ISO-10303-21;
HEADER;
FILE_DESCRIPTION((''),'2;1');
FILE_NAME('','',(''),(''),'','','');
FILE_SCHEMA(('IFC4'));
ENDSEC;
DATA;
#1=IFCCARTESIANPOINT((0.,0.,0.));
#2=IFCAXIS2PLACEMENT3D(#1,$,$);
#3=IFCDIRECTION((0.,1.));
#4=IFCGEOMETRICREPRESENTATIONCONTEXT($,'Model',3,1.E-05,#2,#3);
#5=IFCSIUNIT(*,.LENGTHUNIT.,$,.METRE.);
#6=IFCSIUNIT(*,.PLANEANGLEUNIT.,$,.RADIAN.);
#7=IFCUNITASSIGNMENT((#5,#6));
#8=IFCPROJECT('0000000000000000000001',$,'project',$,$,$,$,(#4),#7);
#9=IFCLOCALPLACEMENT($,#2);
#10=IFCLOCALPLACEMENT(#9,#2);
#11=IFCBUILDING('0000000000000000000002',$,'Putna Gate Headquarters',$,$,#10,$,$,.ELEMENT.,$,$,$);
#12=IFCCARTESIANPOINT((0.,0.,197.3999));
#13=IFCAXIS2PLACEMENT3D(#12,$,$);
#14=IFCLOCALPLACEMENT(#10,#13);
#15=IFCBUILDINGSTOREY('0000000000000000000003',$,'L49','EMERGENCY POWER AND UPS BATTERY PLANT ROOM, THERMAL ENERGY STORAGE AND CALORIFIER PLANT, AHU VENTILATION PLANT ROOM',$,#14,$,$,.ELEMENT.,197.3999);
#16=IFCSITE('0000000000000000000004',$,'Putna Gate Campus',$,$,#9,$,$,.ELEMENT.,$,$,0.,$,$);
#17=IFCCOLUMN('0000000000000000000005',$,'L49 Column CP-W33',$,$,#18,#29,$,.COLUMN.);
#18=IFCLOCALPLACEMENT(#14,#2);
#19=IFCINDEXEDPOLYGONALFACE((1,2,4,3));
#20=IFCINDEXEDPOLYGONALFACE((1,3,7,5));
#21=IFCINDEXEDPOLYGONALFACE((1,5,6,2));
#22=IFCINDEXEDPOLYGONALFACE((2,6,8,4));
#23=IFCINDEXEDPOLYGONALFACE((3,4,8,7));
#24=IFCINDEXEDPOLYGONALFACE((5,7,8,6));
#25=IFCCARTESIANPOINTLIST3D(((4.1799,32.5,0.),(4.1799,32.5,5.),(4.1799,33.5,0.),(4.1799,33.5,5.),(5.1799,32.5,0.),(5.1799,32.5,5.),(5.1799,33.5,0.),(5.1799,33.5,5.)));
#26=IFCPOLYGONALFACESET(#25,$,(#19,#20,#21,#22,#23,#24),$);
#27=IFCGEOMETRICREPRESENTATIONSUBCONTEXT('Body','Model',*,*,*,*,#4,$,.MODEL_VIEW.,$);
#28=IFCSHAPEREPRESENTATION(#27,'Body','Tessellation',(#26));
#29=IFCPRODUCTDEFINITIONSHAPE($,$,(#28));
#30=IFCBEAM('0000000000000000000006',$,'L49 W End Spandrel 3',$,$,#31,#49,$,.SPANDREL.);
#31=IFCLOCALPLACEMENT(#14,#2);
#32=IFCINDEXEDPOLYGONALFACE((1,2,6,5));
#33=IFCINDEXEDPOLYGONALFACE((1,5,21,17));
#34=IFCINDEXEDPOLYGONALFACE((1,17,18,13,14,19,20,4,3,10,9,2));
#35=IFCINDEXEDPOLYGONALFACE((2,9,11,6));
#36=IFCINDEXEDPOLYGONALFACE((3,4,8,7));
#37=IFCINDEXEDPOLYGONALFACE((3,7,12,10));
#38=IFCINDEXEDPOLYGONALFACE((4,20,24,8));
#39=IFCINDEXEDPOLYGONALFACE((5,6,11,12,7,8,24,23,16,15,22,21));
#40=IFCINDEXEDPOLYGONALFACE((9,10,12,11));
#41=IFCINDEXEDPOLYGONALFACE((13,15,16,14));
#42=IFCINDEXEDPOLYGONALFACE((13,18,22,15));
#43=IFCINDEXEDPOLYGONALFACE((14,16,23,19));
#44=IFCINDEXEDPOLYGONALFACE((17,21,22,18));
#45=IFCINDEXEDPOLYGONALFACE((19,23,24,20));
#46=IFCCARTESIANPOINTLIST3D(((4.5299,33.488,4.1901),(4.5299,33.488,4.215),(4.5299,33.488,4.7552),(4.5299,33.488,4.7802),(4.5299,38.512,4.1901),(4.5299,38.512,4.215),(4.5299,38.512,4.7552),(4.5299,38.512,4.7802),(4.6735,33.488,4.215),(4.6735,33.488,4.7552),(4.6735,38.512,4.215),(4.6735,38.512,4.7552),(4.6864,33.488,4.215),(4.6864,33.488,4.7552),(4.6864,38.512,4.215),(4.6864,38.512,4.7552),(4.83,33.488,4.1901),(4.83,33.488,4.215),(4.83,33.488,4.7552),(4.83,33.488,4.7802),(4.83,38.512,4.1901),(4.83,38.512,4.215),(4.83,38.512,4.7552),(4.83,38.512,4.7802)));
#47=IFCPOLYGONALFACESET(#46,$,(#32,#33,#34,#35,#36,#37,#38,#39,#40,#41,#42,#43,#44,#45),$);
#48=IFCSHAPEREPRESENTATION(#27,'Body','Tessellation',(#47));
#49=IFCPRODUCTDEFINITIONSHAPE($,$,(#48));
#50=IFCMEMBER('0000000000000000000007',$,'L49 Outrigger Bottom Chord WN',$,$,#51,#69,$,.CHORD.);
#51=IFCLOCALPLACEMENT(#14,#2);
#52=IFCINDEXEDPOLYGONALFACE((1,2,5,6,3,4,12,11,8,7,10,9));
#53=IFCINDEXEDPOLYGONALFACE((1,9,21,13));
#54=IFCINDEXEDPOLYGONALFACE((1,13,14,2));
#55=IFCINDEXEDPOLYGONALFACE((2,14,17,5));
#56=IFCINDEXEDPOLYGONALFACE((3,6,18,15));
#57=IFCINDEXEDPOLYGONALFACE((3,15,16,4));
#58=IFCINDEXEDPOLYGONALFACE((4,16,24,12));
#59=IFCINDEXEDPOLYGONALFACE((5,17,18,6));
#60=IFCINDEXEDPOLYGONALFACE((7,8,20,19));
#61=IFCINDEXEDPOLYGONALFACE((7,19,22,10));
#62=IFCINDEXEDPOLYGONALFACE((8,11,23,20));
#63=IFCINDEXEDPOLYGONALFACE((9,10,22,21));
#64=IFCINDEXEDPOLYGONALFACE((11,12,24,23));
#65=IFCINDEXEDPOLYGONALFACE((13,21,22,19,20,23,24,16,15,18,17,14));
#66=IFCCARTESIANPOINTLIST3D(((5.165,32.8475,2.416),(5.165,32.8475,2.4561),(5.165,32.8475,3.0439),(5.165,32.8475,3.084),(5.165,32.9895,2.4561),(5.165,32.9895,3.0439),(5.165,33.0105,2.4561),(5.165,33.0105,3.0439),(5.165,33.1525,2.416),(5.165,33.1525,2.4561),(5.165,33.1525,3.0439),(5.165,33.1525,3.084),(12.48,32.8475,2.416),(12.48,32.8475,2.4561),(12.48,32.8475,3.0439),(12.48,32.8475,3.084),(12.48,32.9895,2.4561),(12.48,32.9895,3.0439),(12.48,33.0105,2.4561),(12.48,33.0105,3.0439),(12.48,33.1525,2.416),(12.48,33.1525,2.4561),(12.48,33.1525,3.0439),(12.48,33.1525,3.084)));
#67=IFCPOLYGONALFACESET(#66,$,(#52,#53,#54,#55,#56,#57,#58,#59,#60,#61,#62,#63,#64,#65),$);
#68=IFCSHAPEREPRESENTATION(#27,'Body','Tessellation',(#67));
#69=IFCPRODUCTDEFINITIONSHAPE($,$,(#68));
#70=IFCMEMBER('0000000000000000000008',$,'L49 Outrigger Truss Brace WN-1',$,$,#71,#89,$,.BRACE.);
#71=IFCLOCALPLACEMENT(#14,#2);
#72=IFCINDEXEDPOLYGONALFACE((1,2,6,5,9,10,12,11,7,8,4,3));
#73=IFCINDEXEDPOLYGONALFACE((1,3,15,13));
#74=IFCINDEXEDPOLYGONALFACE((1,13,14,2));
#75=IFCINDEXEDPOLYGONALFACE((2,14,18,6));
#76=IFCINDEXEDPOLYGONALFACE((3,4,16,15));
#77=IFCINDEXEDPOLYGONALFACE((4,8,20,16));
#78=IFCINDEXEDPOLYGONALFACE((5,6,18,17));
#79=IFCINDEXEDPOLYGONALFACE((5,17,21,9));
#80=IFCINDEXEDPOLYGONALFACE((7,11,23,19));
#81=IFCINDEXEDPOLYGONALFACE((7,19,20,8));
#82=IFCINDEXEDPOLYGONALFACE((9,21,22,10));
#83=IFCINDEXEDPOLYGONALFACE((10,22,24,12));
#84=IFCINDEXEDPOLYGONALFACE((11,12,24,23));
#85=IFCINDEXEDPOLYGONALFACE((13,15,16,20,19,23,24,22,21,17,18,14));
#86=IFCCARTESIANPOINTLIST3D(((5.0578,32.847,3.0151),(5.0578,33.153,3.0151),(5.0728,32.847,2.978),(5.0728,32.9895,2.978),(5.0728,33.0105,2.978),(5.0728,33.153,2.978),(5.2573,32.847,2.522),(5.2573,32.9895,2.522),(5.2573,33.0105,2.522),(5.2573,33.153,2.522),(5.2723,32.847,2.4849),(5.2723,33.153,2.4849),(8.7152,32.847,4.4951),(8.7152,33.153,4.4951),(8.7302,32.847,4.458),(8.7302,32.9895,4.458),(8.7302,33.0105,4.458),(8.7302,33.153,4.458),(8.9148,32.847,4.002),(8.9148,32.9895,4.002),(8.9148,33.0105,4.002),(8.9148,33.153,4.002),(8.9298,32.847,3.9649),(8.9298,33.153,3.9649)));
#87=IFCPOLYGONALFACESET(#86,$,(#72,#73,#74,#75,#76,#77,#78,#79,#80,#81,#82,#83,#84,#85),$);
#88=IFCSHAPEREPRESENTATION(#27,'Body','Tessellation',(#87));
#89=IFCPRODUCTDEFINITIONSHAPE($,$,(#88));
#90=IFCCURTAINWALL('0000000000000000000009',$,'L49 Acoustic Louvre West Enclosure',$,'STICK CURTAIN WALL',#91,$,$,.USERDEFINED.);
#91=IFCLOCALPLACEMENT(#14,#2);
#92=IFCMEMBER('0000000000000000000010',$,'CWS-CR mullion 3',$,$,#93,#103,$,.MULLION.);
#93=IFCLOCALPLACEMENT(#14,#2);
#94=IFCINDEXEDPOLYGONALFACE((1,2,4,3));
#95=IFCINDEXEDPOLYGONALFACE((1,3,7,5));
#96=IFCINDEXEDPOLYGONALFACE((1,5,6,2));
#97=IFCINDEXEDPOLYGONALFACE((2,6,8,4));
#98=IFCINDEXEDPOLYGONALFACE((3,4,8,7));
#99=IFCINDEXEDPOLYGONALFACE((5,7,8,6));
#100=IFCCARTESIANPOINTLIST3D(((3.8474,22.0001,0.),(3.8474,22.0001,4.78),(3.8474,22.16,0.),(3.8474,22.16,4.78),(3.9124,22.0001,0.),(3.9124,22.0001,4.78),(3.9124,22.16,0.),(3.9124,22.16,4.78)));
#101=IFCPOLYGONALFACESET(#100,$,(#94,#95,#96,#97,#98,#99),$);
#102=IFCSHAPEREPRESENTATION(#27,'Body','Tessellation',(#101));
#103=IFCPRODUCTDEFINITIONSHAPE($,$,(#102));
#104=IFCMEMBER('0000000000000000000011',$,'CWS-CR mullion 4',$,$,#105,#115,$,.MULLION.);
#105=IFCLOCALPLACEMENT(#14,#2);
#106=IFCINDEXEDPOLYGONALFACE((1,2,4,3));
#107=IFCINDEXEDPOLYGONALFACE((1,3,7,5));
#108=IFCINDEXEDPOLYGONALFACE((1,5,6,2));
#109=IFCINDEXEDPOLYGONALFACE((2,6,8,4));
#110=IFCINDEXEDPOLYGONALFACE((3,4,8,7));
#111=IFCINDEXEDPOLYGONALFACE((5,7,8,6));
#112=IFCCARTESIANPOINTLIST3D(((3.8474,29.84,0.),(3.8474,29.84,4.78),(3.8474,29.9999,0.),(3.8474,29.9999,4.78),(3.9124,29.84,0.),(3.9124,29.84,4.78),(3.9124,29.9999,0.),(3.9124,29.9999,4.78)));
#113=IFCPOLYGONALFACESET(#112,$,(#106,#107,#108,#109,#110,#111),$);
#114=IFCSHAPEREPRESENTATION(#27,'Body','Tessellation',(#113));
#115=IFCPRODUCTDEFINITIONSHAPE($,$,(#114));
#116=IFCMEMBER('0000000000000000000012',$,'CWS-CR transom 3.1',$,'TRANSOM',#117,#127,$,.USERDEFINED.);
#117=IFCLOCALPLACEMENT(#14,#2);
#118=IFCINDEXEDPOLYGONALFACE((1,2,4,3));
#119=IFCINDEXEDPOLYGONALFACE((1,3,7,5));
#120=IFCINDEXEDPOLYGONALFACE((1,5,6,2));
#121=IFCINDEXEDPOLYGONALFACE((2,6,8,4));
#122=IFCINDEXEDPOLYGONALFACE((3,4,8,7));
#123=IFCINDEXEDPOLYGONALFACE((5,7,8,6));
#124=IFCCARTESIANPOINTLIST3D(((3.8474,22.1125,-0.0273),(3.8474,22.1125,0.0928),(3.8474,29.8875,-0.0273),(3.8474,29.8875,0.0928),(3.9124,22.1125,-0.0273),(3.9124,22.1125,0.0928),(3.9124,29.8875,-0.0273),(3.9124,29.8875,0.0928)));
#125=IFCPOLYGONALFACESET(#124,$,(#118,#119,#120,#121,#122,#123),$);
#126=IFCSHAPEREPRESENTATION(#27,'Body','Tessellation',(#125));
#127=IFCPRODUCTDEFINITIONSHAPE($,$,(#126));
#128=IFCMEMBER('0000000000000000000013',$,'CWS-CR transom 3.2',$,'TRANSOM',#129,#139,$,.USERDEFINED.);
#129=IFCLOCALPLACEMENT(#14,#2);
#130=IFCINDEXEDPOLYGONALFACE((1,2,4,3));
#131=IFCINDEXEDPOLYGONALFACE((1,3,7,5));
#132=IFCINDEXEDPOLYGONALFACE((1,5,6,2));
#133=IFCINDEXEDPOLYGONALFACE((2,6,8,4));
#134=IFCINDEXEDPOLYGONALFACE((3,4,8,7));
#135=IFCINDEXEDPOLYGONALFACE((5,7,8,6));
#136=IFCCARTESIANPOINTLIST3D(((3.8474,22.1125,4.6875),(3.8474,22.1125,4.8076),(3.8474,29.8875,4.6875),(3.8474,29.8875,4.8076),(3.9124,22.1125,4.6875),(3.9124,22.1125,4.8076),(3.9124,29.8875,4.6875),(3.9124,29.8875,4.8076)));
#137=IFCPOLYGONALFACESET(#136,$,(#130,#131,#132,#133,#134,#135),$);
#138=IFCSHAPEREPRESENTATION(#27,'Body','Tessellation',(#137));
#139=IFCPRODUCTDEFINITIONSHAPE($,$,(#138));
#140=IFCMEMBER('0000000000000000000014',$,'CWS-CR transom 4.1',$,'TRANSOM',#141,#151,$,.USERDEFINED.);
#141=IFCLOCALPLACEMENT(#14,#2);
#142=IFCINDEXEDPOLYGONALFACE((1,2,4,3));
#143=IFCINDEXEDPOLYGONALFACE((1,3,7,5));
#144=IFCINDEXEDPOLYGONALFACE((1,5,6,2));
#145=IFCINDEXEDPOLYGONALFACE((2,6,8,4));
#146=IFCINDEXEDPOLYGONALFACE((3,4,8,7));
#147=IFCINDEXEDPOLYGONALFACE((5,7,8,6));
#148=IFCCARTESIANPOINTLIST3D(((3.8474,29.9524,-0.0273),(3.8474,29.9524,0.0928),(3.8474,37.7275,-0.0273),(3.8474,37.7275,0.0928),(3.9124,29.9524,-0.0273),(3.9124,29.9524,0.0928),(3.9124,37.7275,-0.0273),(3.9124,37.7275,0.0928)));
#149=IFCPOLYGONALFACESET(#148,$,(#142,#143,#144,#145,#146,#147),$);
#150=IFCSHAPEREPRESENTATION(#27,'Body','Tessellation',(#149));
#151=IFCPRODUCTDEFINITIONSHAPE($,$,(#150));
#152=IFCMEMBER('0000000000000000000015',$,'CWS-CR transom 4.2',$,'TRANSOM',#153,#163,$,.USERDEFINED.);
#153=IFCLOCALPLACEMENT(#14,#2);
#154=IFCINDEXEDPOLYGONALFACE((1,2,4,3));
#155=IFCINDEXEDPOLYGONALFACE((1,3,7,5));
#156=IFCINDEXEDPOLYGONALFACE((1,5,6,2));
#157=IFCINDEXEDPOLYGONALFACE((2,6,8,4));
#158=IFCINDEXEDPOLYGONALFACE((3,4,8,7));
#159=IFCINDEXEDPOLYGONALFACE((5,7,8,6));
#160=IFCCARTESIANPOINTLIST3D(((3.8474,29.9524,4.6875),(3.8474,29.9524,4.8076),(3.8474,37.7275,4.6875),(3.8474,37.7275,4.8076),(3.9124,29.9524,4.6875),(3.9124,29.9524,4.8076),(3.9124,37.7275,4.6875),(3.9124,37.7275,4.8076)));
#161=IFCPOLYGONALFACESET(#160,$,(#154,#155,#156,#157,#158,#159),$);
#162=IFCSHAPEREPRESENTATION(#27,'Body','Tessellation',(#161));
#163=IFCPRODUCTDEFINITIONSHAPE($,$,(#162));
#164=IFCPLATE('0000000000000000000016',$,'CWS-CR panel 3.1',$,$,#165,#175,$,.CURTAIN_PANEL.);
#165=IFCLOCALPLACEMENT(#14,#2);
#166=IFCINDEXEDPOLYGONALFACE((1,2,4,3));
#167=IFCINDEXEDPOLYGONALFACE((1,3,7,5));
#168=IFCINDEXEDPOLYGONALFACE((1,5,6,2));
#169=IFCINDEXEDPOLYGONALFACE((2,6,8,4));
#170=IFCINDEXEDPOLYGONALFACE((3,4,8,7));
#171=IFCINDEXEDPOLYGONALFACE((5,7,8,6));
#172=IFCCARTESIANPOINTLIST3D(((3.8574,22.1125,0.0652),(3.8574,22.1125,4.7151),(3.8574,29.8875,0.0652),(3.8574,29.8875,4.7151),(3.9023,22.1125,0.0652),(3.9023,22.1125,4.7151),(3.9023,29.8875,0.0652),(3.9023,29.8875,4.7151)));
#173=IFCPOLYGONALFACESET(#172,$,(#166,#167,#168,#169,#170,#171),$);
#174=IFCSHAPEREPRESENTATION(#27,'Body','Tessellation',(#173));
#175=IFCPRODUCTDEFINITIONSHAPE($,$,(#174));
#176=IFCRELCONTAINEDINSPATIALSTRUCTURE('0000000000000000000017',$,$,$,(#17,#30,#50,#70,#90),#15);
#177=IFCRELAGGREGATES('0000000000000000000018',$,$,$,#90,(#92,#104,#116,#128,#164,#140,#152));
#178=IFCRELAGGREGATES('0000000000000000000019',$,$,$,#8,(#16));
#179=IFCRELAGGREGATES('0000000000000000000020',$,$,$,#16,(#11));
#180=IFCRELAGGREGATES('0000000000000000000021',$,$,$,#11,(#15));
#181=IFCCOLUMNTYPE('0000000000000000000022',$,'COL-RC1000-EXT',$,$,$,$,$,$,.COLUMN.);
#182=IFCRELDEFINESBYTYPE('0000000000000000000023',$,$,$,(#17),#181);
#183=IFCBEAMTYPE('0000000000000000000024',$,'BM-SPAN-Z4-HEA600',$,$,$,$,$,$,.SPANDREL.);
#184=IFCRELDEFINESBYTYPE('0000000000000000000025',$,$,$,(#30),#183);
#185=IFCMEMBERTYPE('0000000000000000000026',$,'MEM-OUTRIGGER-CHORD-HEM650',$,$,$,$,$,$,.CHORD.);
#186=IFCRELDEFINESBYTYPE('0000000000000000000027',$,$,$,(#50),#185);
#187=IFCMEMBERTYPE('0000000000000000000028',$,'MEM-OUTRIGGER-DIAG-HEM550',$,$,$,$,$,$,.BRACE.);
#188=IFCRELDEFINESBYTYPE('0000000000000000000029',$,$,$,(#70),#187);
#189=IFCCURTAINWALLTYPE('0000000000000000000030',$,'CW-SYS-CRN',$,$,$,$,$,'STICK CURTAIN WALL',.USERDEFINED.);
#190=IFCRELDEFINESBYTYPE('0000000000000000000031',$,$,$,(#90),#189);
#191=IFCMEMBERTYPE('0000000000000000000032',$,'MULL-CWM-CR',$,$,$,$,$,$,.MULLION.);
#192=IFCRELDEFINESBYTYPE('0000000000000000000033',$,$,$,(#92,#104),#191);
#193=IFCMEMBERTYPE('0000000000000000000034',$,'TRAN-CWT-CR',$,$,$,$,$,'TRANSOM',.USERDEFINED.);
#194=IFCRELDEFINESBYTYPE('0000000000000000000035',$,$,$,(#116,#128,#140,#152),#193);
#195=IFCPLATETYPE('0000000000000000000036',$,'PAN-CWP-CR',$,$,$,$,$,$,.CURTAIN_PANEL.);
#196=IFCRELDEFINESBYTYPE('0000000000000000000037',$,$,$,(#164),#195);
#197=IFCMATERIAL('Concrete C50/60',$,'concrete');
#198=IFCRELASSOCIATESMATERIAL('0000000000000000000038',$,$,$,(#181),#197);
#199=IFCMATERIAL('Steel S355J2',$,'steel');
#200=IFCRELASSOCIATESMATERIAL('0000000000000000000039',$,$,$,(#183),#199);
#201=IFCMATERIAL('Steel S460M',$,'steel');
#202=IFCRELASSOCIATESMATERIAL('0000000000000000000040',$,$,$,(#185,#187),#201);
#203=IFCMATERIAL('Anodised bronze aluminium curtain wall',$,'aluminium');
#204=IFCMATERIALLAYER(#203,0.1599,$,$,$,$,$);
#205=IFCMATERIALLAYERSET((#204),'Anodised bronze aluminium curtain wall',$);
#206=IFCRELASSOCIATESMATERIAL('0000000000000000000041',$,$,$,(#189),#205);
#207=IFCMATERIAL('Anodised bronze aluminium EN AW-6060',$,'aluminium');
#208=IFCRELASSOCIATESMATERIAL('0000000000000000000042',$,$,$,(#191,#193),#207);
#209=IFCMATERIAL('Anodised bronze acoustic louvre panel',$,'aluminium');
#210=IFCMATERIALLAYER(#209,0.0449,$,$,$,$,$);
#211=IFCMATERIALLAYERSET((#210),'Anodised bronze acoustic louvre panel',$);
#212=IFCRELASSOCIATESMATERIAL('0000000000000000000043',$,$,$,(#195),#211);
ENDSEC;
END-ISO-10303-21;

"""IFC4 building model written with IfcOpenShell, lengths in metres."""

from ifc_helpers import new_model, si_unit, direction, frame, origin, origin_2d, place, context, subcontext, project, spatial, rectangle, i_section, extrude, material, layer, layer_set, material_profile, profile_set, type_object, element, aggregate, save


model = new_model("IFC4")

# Units and contexts
model_context = context("Model", 3, precision=1e-05, world=origin(), true_north=direction((0.0, 1.0)))
body_context = subcontext(model_context, "Body", "Model", "MODEL_VIEW")
ifc_project = project(units=[si_unit("LENGTHUNIT", "METRE"), si_unit("PLANEANGLEUNIT", "RADIAN")], contexts=[model_context])

# Site, building, storey
site_placement = place(None, origin())
site = spatial("IfcSite", under=ifc_project, at=site_placement, Name="Putna Gate Campus", CompositionType="ELEMENT", RefElevation=0.0)
building_placement = place(site_placement, origin())
building = spatial("IfcBuilding", under=site, at=building_placement, Name="Putna Gate Headquarters", CompositionType="ELEMENT")
storey_placement = place(building_placement, frame((0.0, 0.0, 197.3999)))
storey = spatial("IfcBuildingStorey", under=building, at=storey_placement, Name="L49", Description="EMERGENCY POWER AND UPS BATTERY PLANT ROOM, THERMAL ENERGY STORAGE AND CALORIFIER PLANT, AHU VENTILATION PLANT ROOM", CompositionType="ELEMENT", Elevation=197.3999)

# Column
ifc_material_1 = material(Name="Concrete C50/60", Category="concrete")
ifc_material_profile_1 = material_profile(ifc_material_1, rectangle(XDim=1.0, YDim=1.0, at=origin_2d()), Name="Concrete C50/60")
ifc_profile_set_1 = profile_set([ifc_material_profile_1], Name="Concrete C50/60")
column_type = type_object("IfcColumnType", Name="COL-RC1000-EXT", PredefinedType="COLUMN", material=ifc_profile_set_1)
column_placement = place(storey_placement, frame((4.6799, 33.0, 0.0), z_axis=(0.0, 0.0, 1.0), x_axis=(1.0, 0.0, 0.0)))
element("IfcColumn", 1, at=column_placement, inside=storey, type_object=column_type, Name="L49 Column CP-W33", PredefinedType="COLUMN", context=body_context, shape_type="SweptSolid", body=[
    extrude(rectangle(XDim=1.0, YDim=1.0, at=origin_2d()), origin(), (0.0, 0.0, 1.0), 5.0),
])

# Beam
ifc_material_2 = material(Name="Steel S355J2", Category="steel")
ifc_material_profile_2 = material_profile(ifc_material_2, i_section(OverallWidth=0.3, OverallDepth=0.5901, WebThickness=0.0129, FlangeThickness=0.0249, at=origin_2d()), Name="Steel S355J2")
ifc_profile_set_2 = profile_set([ifc_material_profile_2], Name="Steel S355J2")
beam_type = type_object("IfcBeamType", Name="BM-SPAN-Z4-HEA600", PredefinedType="SPANDREL", material=ifc_profile_set_2)
beam_placement = place(storey_placement, frame((4.6799, 33.488, 4.4851), z_axis=(0.0, 1.0, 0.0), x_axis=(-1.0, 0.0, 0.0)))
element("IfcBeam", 2, at=beam_placement, inside=storey, type_object=beam_type, Name="L49 W End Spandrel 3", PredefinedType="SPANDREL", context=body_context, shape_type="SweptSolid", body=[
    extrude(i_section(OverallWidth=0.3, OverallDepth=0.5901, WebThickness=0.0129, FlangeThickness=0.0249, at=origin_2d()), origin(), (0.0, 0.0, 1.0), 5.0239),
])

# Members
ifc_material_3 = material(Name="Steel S460M", Category="steel")
ifc_material_profile_3 = material_profile(ifc_material_3, i_section(OverallWidth=0.3049, OverallDepth=0.668, WebThickness=0.021, FlangeThickness=0.04, at=origin_2d()), Name="Steel S460M")
ifc_profile_set_3 = profile_set([ifc_material_profile_3], Name="Steel S460M")
member_type_1 = type_object("IfcMemberType", Name="MEM-OUTRIGGER-CHORD-HEM650", PredefinedType="CHORD", material=ifc_profile_set_3)
member_1_placement = place(storey_placement, frame((5.165, 33.0, 2.75), z_axis=(1.0, 0.0, 0.0), x_axis=(0.0, 1.0, 0.0)))
element("IfcMember", 3, at=member_1_placement, inside=storey, type_object=member_type_1, Name="L49 Outrigger Bottom Chord WN", PredefinedType="CHORD", context=body_context, shape_type="SweptSolid", body=[
    extrude(i_section(OverallWidth=0.3049, OverallDepth=0.668, WebThickness=0.021, FlangeThickness=0.04, at=origin_2d()), origin(), (0.0, 0.0, 1.0), 7.3149),
])
ifc_material_profile_4 = material_profile(ifc_material_3, i_section(OverallWidth=0.3059, OverallDepth=0.572, WebThickness=0.021, FlangeThickness=0.04, at=origin_2d()), Name="Steel S460M")
ifc_profile_set_4 = profile_set([ifc_material_profile_4], Name="Steel S460M")
member_type_2 = type_object("IfcMemberType", Name="MEM-OUTRIGGER-DIAG-HEM550", PredefinedType="BRACE", material=ifc_profile_set_4)
member_2_placement = place(storey_placement, frame((5.165, 33.0, 2.75), z_axis=(0.926984, 0.0, 0.3751), x_axis=(0.0, 1.0, 0.0)))
element("IfcMember", 4, at=member_2_placement, inside=storey, type_object=member_type_2, Name="L49 Outrigger Truss Brace WN-1", PredefinedType="BRACE", context=body_context, shape_type="SweptSolid", body=[
    extrude(i_section(OverallWidth=0.3059, OverallDepth=0.572, WebThickness=0.021, FlangeThickness=0.04, at=origin_2d()), origin(), (0.0, 0.0, 1.0), 3.9456),
])

# Curtain wall, members, plate
ifc_material_4 = material(Name="Anodised bronze aluminium curtain wall", Category="aluminium")
ifc_layer_1 = layer(ifc_material_4, 0.1599)
ifc_layer_set_1 = layer_set([ifc_layer_1], Name="Anodised bronze aluminium curtain wall")
curtain_wall_type = type_object("IfcCurtainWallType", Name="CW-SYS-CRN", ElementType="STICK CURTAIN WALL", PredefinedType="USERDEFINED", material=ifc_layer_set_1)
curtain_wall_placement = place(storey_placement, origin())
curtain_wall = element("IfcCurtainWall", 5, at=curtain_wall_placement, inside=storey, type_object=curtain_wall_type, Name="L49 Acoustic Louvre West Enclosure", ObjectType="STICK CURTAIN WALL", PredefinedType="USERDEFINED")
ifc_material_5 = material(Name="Anodised bronze aluminium EN AW-6060", Category="aluminium")
ifc_material_profile_5 = material_profile(ifc_material_5, rectangle(XDim=0.0649, YDim=0.1599, at=origin_2d()), Name="Anodised bronze aluminium EN AW-6060")
ifc_profile_set_5 = profile_set([ifc_material_profile_5], Name="Anodised bronze aluminium EN AW-6060")
member_type_3 = type_object("IfcMemberType", Name="MULL-CWM-CR", PredefinedType="MULLION", material=ifc_profile_set_5)
member_3_placement = place(storey_placement, frame((3.8799, 22.0801, 0.0), z_axis=(0.0, 0.0, 1.0), x_axis=(-1.0, 0.0, 0.0)))
member_3 = element("IfcMember", 6, at=member_3_placement, type_object=member_type_3, Name="CWS-CR mullion 3", PredefinedType="MULLION", context=body_context, shape_type="SweptSolid", body=[
    extrude(rectangle(XDim=0.0649, YDim=0.1599, at=origin_2d()), origin(), (0.0, 0.0, 1.0), 4.78),
])
member_4_placement = place(storey_placement, frame((3.8799, 29.9199, 0.0), z_axis=(0.0, 0.0, 1.0), x_axis=(-1.0, 0.0, 0.0)))
member_4 = element("IfcMember", 7, at=member_4_placement, type_object=member_type_3, Name="CWS-CR mullion 4", PredefinedType="MULLION", context=body_context, shape_type="SweptSolid", body=[
    extrude(rectangle(XDim=0.0649, YDim=0.1599, at=origin_2d()), origin(), (0.0, 0.0, 1.0), 4.78),
])
ifc_material_profile_6 = material_profile(ifc_material_5, rectangle(XDim=0.0649, YDim=0.1201, at=origin_2d()), Name="Anodised bronze aluminium EN AW-6060")
ifc_profile_set_6 = profile_set([ifc_material_profile_6], Name="Anodised bronze aluminium EN AW-6060")
member_type_4 = type_object("IfcMemberType", Name="TRAN-CWT-CR", ElementType="TRANSOM", PredefinedType="USERDEFINED", material=ifc_profile_set_6)
member_5_placement = place(storey_placement, frame((3.8799, 22.1125, 0.0327), z_axis=(0.0, 1.0, 0.0), x_axis=(-1.0, 0.0, 0.0)))
member_5 = element("IfcMember", 8, at=member_5_placement, type_object=member_type_4, Name="CWS-CR transom 3.1", ObjectType="TRANSOM", PredefinedType="USERDEFINED", context=body_context, shape_type="SweptSolid", body=[
    extrude(rectangle(XDim=0.0649, YDim=0.1201, at=origin_2d()), origin(), (0.0, 0.0, 1.0), 7.7749),
])
member_6_placement = place(storey_placement, frame((3.8799, 22.1125, 4.7476), z_axis=(0.0, 1.0, 0.0), x_axis=(-1.0, 0.0, 0.0)))
member_6 = element("IfcMember", 9, at=member_6_placement, type_object=member_type_4, Name="CWS-CR transom 3.2", ObjectType="TRANSOM", PredefinedType="USERDEFINED", context=body_context, shape_type="SweptSolid", body=[
    extrude(rectangle(XDim=0.0649, YDim=0.1201, at=origin_2d()), origin(), (0.0, 0.0, 1.0), 7.7749),
])
member_7_placement = place(storey_placement, frame((3.8799, 29.9524, 0.0327), z_axis=(0.0, 1.0, 0.0), x_axis=(-1.0, 0.0, 0.0)))
member_7 = element("IfcMember", 10, at=member_7_placement, type_object=member_type_4, Name="CWS-CR transom 4.1", ObjectType="TRANSOM", PredefinedType="USERDEFINED", context=body_context, shape_type="SweptSolid", body=[
    extrude(rectangle(XDim=0.0649, YDim=0.1201, at=origin_2d()), origin(), (0.0, 0.0, 1.0), 7.7751),
])
member_8_placement = place(storey_placement, frame((3.8799, 29.9524, 4.7476), z_axis=(0.0, 1.0, 0.0), x_axis=(-1.0, 0.0, 0.0)))
member_8 = element("IfcMember", 11, at=member_8_placement, type_object=member_type_4, Name="CWS-CR transom 4.2", ObjectType="TRANSOM", PredefinedType="USERDEFINED", context=body_context, shape_type="SweptSolid", body=[
    extrude(rectangle(XDim=0.0649, YDim=0.1201, at=origin_2d()), origin(), (0.0, 0.0, 1.0), 7.7751),
])
ifc_material_6 = material(Name="Anodised bronze acoustic louvre panel", Category="aluminium")
ifc_layer_2 = layer(ifc_material_6, 0.0449)
ifc_layer_set_2 = layer_set([ifc_layer_2], Name="Anodised bronze acoustic louvre panel")
plate_type = type_object("IfcPlateType", Name="PAN-CWP-CR", PredefinedType="CURTAIN_PANEL", material=ifc_layer_set_2)
plate_1_placement = place(storey_placement, frame((3.8799, 26.0, 0.0652), z_axis=(0.0, 0.0, 1.0), x_axis=(0.0, 1.0, 0.0)))
plate_1 = element("IfcPlate", 12, at=plate_1_placement, type_object=plate_type, Name="CWS-CR panel 3.1", PredefinedType="CURTAIN_PANEL", context=body_context, shape_type="SweptSolid", body=[
    extrude(rectangle(XDim=7.7749, YDim=0.0449, at=origin_2d()), origin(), (0.0, 0.0, 1.0), 4.6499),
])
aggregate(curtain_wall, [member_3, member_4, member_5, member_6, plate_1, member_7, member_8])

save(model, "model.ifc")
